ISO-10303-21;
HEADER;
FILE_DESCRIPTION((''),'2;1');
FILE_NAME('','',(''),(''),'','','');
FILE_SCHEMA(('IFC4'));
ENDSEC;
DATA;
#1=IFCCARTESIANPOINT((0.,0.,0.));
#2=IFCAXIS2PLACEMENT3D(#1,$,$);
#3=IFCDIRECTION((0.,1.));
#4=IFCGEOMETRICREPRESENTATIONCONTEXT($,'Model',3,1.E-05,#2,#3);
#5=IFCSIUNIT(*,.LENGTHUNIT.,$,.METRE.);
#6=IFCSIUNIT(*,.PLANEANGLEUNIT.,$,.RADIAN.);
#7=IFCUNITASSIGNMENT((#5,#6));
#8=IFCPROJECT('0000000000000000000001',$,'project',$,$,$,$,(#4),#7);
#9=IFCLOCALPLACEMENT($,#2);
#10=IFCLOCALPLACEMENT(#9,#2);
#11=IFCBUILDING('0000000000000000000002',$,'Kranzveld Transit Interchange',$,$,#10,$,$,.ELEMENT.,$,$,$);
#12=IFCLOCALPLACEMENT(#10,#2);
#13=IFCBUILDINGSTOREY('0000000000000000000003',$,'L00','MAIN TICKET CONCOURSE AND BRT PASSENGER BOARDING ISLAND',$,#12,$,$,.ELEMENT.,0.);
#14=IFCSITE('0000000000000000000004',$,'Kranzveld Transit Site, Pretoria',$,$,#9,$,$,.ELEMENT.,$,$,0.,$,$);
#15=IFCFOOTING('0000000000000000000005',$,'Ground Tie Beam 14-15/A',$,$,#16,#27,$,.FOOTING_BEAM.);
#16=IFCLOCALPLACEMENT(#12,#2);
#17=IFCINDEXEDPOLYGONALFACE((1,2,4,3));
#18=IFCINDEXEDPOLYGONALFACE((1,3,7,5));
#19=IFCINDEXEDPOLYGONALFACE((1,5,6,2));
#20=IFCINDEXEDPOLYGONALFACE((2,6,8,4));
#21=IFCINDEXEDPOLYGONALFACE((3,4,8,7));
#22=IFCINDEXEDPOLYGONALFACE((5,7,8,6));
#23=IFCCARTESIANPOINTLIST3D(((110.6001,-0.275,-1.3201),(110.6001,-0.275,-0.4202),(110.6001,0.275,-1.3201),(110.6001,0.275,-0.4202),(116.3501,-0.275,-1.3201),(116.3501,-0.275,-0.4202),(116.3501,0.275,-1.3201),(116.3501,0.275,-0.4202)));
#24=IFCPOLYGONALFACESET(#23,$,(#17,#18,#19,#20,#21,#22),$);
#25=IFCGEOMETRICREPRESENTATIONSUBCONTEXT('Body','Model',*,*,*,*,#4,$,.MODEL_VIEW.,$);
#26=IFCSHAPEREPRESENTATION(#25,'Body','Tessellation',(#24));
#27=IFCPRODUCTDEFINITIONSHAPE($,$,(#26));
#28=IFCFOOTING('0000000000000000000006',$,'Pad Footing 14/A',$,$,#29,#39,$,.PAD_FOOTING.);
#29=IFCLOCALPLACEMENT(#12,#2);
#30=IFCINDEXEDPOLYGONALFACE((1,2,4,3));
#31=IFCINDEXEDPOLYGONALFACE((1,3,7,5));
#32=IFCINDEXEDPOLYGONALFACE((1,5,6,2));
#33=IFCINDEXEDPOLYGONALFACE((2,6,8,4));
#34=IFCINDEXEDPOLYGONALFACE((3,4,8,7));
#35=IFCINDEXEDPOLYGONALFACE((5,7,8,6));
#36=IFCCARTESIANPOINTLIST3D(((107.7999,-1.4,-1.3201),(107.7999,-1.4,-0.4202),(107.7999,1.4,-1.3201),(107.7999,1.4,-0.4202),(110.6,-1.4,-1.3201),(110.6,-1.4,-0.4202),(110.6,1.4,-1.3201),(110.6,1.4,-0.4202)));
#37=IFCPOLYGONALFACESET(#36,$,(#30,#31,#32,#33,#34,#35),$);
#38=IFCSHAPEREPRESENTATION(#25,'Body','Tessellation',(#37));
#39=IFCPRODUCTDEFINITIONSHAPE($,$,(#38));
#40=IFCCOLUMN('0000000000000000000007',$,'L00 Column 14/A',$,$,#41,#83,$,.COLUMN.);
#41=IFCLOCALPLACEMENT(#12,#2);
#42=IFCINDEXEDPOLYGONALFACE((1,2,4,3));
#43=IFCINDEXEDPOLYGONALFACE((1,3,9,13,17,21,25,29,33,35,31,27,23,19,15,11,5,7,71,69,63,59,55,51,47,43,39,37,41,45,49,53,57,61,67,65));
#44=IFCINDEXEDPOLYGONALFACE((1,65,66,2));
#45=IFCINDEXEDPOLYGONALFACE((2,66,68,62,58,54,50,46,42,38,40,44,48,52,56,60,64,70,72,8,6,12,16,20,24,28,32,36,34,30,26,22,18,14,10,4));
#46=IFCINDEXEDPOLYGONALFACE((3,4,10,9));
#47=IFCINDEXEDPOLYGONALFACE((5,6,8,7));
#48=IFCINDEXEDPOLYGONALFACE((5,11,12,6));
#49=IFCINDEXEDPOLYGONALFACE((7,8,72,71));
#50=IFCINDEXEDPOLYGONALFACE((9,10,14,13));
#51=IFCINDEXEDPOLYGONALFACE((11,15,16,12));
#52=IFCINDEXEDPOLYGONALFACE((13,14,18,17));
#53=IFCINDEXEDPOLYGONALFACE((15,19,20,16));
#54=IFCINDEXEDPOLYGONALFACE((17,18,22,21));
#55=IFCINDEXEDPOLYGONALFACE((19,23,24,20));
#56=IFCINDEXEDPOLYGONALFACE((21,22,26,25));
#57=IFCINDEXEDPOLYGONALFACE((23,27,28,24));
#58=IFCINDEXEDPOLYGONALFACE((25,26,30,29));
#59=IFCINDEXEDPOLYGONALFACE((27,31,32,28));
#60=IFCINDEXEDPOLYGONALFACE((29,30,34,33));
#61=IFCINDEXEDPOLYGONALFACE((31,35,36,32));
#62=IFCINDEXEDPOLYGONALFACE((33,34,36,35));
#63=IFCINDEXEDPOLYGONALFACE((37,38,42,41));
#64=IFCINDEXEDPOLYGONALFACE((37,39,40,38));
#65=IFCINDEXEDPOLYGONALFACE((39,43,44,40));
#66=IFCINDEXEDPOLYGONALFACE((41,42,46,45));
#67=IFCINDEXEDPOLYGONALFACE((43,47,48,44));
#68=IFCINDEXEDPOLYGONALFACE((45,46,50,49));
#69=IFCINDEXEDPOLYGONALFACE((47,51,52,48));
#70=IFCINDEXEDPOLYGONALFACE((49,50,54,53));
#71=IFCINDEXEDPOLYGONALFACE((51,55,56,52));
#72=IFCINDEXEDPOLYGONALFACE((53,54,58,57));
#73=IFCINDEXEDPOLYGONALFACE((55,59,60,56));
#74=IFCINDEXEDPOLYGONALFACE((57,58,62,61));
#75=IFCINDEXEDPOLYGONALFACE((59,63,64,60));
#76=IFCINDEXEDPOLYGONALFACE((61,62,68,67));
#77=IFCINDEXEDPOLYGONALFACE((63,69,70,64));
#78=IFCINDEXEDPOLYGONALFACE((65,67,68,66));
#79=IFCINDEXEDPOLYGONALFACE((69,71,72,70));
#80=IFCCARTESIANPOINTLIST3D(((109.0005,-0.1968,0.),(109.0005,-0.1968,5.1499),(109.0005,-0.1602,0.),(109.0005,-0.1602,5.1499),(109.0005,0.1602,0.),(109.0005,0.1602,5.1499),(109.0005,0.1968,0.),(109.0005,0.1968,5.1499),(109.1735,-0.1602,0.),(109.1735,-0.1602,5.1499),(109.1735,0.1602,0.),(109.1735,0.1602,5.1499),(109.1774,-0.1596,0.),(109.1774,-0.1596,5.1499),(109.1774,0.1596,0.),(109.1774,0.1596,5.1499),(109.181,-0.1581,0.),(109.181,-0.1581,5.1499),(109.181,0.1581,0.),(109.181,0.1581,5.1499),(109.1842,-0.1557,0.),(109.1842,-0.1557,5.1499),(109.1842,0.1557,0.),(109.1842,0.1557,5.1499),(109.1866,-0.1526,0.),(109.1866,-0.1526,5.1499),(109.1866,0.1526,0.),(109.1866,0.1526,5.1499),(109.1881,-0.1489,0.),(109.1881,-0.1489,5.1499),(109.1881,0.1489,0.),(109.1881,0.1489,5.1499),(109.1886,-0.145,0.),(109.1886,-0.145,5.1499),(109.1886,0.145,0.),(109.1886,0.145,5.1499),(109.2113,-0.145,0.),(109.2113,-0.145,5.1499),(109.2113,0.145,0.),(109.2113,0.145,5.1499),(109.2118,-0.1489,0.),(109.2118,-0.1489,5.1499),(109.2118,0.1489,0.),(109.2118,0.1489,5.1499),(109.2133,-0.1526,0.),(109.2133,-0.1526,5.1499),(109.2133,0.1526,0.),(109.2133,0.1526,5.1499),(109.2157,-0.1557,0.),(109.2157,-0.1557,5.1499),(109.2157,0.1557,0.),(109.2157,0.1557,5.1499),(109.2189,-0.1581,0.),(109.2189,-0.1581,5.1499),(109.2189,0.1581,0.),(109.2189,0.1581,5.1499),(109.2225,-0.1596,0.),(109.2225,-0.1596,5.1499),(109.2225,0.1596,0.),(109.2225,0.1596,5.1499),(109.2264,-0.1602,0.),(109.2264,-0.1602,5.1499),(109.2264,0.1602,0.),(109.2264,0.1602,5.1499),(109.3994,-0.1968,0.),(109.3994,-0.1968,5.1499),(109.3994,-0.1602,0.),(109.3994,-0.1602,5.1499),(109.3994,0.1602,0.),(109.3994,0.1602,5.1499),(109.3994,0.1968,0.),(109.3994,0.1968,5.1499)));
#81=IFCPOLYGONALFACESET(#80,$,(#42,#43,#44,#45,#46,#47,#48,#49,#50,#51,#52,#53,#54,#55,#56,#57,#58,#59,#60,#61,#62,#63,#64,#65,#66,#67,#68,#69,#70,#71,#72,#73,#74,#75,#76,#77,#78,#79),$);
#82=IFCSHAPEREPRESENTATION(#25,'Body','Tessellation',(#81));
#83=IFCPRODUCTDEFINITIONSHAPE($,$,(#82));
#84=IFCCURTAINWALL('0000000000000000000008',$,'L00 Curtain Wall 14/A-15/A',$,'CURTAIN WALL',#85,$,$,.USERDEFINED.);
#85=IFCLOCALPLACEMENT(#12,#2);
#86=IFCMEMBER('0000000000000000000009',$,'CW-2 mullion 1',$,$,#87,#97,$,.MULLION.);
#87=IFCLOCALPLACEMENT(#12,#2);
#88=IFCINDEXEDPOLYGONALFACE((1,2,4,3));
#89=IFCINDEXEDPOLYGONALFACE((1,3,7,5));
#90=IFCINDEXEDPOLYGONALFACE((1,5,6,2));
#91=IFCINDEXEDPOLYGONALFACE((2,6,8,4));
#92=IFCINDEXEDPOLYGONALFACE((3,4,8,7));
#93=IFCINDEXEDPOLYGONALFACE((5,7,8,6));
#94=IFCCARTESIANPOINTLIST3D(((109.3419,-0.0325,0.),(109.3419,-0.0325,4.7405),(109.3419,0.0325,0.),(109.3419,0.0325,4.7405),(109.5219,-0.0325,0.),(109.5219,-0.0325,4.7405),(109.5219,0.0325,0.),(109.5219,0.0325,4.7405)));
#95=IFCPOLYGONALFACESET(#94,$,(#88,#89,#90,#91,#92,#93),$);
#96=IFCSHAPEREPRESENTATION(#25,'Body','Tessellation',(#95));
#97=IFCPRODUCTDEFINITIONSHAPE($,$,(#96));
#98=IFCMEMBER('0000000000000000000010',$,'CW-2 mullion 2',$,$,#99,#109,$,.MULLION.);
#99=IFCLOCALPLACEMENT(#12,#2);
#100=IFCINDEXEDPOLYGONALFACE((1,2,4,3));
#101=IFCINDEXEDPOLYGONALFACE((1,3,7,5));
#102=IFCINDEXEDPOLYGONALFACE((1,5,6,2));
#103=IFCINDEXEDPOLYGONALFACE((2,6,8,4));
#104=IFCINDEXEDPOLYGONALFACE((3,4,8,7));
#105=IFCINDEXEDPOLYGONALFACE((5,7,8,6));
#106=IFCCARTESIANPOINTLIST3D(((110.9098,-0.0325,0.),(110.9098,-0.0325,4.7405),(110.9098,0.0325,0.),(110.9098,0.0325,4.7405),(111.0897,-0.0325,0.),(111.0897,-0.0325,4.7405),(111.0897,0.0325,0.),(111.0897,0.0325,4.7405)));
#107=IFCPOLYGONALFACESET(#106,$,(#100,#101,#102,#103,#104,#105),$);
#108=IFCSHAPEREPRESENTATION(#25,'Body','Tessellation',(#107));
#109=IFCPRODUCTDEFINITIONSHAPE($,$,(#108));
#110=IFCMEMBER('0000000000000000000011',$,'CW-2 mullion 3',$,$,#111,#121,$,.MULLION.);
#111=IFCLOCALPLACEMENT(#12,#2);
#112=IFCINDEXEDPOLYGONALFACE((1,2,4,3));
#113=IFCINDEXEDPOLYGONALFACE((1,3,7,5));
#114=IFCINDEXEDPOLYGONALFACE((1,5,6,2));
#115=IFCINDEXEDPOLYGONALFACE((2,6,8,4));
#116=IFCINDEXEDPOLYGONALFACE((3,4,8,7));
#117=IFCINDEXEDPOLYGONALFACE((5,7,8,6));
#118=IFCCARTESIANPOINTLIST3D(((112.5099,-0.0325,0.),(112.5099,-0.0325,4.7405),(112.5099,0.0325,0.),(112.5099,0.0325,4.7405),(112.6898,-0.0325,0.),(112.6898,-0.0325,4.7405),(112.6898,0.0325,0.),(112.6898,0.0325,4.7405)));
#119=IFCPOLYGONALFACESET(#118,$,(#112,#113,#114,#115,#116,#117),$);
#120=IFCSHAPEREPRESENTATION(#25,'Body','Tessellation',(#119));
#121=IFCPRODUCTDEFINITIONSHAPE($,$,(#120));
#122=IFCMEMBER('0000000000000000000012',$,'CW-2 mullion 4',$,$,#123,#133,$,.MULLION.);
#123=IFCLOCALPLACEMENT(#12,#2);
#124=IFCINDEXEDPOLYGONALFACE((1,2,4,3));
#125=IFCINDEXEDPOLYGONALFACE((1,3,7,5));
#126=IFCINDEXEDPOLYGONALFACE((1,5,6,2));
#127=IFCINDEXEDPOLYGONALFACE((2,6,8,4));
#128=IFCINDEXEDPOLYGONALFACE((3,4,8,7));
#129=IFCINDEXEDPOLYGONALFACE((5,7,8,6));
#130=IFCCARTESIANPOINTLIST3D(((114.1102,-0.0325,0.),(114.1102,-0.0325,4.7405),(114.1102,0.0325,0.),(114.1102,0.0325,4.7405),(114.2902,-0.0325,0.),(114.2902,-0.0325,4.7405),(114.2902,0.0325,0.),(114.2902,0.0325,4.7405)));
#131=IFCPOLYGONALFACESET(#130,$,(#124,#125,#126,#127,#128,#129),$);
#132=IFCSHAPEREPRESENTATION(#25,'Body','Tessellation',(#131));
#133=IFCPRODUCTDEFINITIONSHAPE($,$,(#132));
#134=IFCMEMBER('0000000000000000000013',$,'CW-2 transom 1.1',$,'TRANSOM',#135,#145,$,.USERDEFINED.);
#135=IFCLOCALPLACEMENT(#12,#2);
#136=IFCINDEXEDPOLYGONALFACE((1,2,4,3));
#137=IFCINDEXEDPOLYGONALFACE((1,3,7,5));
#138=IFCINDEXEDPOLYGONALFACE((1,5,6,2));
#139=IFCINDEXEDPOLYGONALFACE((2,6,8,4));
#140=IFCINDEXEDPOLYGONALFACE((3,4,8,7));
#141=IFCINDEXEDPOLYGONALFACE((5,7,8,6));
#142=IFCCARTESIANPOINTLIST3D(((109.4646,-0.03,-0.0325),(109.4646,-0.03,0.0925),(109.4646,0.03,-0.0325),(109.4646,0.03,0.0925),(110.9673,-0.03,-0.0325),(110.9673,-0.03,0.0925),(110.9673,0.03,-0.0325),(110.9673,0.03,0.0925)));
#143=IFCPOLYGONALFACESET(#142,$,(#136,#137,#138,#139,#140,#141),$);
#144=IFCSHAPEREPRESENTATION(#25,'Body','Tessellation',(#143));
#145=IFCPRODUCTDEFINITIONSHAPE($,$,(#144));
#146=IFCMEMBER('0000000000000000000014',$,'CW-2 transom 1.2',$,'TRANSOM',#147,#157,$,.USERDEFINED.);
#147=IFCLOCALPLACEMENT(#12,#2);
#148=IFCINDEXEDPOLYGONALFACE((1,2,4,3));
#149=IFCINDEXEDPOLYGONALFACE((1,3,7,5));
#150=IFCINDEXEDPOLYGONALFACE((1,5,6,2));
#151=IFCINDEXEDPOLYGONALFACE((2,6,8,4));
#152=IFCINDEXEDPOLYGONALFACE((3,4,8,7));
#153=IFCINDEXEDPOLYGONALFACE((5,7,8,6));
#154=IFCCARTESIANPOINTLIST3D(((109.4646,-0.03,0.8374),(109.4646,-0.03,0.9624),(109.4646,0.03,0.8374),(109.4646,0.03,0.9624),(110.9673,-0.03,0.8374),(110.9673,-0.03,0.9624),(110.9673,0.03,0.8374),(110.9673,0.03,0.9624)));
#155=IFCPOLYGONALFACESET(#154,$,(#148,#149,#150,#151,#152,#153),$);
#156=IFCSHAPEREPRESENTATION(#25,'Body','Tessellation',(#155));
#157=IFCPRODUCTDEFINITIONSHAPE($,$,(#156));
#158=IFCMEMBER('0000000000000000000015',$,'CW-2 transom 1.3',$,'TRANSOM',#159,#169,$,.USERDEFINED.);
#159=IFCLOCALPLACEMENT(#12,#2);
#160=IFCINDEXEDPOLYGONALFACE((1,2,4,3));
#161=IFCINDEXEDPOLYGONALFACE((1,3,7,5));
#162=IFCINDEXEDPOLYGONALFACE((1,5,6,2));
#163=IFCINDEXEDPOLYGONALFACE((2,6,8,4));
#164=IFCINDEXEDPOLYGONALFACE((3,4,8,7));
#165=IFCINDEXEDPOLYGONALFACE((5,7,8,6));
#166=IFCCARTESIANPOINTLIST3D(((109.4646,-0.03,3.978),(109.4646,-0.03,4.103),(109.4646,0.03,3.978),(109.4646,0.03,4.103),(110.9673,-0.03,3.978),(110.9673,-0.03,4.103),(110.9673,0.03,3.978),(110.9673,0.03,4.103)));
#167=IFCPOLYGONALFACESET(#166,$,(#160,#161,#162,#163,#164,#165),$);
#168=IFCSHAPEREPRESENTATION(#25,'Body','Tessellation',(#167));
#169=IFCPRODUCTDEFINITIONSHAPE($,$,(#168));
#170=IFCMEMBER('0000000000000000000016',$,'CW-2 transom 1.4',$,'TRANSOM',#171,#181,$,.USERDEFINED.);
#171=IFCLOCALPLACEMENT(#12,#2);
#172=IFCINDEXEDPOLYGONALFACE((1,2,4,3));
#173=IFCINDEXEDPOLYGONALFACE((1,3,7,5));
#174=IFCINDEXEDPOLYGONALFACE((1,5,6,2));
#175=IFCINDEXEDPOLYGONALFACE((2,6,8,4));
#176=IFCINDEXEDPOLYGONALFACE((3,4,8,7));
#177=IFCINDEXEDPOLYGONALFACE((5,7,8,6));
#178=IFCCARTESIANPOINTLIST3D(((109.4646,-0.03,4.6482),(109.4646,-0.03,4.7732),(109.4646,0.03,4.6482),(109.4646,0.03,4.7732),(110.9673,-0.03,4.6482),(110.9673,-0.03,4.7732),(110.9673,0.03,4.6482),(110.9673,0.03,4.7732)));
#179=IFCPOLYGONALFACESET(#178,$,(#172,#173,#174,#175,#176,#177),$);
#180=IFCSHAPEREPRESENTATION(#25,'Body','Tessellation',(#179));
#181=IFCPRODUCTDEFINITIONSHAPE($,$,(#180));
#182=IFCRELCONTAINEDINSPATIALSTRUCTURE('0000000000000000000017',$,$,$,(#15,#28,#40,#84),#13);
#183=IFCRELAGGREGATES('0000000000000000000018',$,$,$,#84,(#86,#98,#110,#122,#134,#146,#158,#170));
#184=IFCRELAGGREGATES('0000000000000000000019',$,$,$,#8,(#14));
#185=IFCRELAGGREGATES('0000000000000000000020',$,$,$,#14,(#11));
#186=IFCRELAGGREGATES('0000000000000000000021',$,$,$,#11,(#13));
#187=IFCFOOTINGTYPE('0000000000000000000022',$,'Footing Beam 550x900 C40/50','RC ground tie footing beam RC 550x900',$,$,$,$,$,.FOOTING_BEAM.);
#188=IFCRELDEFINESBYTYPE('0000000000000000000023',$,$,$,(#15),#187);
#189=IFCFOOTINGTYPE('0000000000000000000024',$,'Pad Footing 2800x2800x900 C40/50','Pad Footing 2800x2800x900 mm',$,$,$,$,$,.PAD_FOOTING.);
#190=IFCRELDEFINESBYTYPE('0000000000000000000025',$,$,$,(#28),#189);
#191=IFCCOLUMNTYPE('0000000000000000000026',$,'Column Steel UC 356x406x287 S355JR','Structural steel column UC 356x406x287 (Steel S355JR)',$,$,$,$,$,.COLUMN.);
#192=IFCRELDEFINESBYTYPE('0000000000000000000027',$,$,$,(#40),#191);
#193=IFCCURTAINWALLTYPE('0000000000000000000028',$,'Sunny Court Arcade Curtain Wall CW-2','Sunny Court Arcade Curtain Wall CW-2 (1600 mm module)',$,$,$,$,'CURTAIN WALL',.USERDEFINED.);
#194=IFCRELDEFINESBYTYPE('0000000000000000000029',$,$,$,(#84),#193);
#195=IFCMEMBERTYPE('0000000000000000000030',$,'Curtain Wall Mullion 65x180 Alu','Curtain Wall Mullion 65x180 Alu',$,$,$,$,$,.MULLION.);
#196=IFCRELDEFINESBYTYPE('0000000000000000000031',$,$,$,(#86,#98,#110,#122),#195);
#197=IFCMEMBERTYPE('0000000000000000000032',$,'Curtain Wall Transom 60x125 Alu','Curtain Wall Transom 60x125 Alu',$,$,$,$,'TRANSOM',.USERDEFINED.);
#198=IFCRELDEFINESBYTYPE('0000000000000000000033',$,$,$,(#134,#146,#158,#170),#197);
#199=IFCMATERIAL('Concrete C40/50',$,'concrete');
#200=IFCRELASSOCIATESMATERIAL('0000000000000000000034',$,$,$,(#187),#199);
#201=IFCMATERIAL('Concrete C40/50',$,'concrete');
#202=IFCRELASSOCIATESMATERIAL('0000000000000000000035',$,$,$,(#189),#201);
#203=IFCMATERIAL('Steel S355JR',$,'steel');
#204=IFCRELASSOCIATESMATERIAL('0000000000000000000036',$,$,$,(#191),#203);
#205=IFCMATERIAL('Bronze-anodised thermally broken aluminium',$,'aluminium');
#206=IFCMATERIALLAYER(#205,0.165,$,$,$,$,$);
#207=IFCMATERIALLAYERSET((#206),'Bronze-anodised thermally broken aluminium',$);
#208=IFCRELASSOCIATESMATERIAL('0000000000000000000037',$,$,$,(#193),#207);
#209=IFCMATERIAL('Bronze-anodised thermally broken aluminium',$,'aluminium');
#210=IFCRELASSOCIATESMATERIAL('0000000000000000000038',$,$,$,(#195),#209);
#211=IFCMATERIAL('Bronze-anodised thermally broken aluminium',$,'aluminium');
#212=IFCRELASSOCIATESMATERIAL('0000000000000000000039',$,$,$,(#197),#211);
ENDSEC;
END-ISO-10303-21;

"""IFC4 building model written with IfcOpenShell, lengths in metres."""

from ifc_helpers import new_model, si_unit, direction, frame, origin, origin_2d, place, context, subcontext, project, spatial, rectangle, i_section, extrude, material, layer, layer_set, material_profile, profile_set, type_object, element, aggregate, save


model = new_model("IFC4")

# Units and contexts
model_context = context("Model", 3, precision=1e-05, world=origin(), true_north=direction((0.0, 1.0)))
body_context = subcontext(model_context, "Body", "Model", "MODEL_VIEW")
ifc_project = project(units=[si_unit("LENGTHUNIT", "METRE"), si_unit("PLANEANGLEUNIT", "RADIAN")], contexts=[model_context])

# Site, building, storey
site_placement = place(None, origin())
site = spatial("IfcSite", under=ifc_project, at=site_placement, Name="Kranzveld Transit Site, Pretoria", CompositionType="ELEMENT", RefElevation=0.0)
building_placement = place(site_placement, origin())
building = spatial("IfcBuilding", under=site, at=building_placement, Name="Kranzveld Transit Interchange", CompositionType="ELEMENT")
storey_placement = place(building_placement, origin())
storey = spatial("IfcBuildingStorey", under=building, at=storey_placement, Name="L00", Description="MAIN TICKET CONCOURSE AND BRT PASSENGER BOARDING ISLAND", CompositionType="ELEMENT", Elevation=0.0)

# Footings
ifc_material_1 = material(Name="Concrete C40/50", Category="concrete")
ifc_material_profile_1 = material_profile(ifc_material_1, rectangle(XDim=0.55, YDim=0.8999, at=origin_2d()), Name="RC 550x900")
ifc_profile_set_1 = profile_set([ifc_material_profile_1], Name="Concrete C40/50")
footing_type_1 = type_object("IfcFootingType", Name="Footing Beam 550x900 C40/50", Description="RC ground tie footing beam RC 550x900", PredefinedType="FOOTING_BEAM", material=ifc_profile_set_1)
footing_1_placement = place(storey_placement, frame((110.6001, 0.0, -0.8701), z_axis=(1.0, 0.0, 0.0), x_axis=(0.0, 1.0, 0.0)))
element("IfcFooting", 1, at=footing_1_placement, inside=storey, type_object=footing_type_1, Name="Ground Tie Beam 14-15/A", PredefinedType="FOOTING_BEAM", context=body_context, shape_type="SweptSolid", body=[
    extrude(rectangle(XDim=0.55, YDim=0.8999, at=origin_2d()), origin(), (0.0, 0.0, 1.0), 5.75),
])
ifc_material_2 = material(Name="Concrete C40/50", Category="concrete")
footing_type_2 = type_object("IfcFootingType", Name="Pad Footing 2800x2800x900 C40/50", Description="Pad Footing 2800x2800x900 mm", PredefinedType="PAD_FOOTING", material=ifc_material_2)
footing_2_placement = place(storey_placement, frame((109.2, 0.0, -1.3201), z_axis=(0.0, 0.0, 1.0), x_axis=(1.0, 0.0, 0.0)))
element("IfcFooting", 2, at=footing_2_placement, inside=storey, type_object=footing_type_2, Name="Pad Footing 14/A", PredefinedType="PAD_FOOTING", context=body_context, shape_type="SweptSolid", body=[
    extrude(rectangle(XDim=2.8, YDim=2.8, at=origin_2d()), origin(), (0.0, 0.0, 1.0), 0.8999),
])

# Column
ifc_material_3 = material(Name="Steel S355JR", Category="steel")
ifc_material_profile_2 = material_profile(ifc_material_3, i_section(OverallWidth=0.3989, OverallDepth=0.3936, WebThickness=0.0227, FlangeThickness=0.0366, FilletRadius=0.0151, at=origin_2d()), Name="UC 356x406x287")
ifc_profile_set_2 = profile_set([ifc_material_profile_2], Name="Steel S355JR")
column_type = type_object("IfcColumnType", Name="Column Steel UC 356x406x287 S355JR", Description="Structural steel column UC 356x406x287 (Steel S355JR)", PredefinedType="COLUMN", material=ifc_profile_set_2)
column_placement = place(storey_placement, frame((109.2, 0.0, 0.0), z_axis=(0.0, 0.0, 1.0), x_axis=(1.0, 0.0, 0.0)))
element("IfcColumn", 3, at=column_placement, inside=storey, type_object=column_type, Name="L00 Column 14/A", PredefinedType="COLUMN", context=body_context, shape_type="SweptSolid", body=[
    extrude(i_section(OverallWidth=0.3989, OverallDepth=0.3936, WebThickness=0.0227, FlangeThickness=0.0366, FilletRadius=0.0151, at=origin_2d()), origin(), (0.0, 0.0, 1.0), 5.1499),
])

# Curtain wall, members
ifc_material_4 = material(Name="Bronze-anodised thermally broken aluminium", Category="aluminium")
ifc_layer_1 = layer(ifc_material_4, 0.165)
ifc_layer_set_1 = layer_set([ifc_layer_1], Name="Bronze-anodised thermally broken aluminium")
curtain_wall_type = type_object("IfcCurtainWallType", Name="Sunny Court Arcade Curtain Wall CW-2", Description="Sunny Court Arcade Curtain Wall CW-2 (1600 mm module)", ElementType="CURTAIN WALL", PredefinedType="USERDEFINED", material=ifc_layer_set_1)
curtain_wall_placement = place(storey_placement, origin())
curtain_wall = element("IfcCurtainWall", 4, at=curtain_wall_placement, inside=storey, type_object=curtain_wall_type, Name="L00 Curtain Wall 14/A-15/A", ObjectType="CURTAIN WALL", PredefinedType="USERDEFINED")
ifc_material_5 = material(Name="Bronze-anodised thermally broken aluminium", Category="aluminium")
ifc_material_profile_3 = material_profile(ifc_material_5, rectangle(XDim=0.0649, YDim=0.1799, at=origin_2d()), Name="ALU MULLION 65x180")
ifc_profile_set_3 = profile_set([ifc_material_profile_3], Name="Bronze-anodised thermally broken aluminium")
member_type_1 = type_object("IfcMemberType", Name="Curtain Wall Mullion 65x180 Alu", Description="Curtain Wall Mullion 65x180 Alu", PredefinedType="MULLION", material=ifc_profile_set_3)
member_1_placement = place(storey_placement, frame((109.4319, 0.0, 0.0), z_axis=(0.0, 0.0, 1.0), x_axis=(0.0, 1.0, 0.0)))
member_1 = element("IfcMember", 5, at=member_1_placement, type_object=member_type_1, Name="CW-2 mullion 1", PredefinedType="MULLION", context=body_context, shape_type="SweptSolid", body=[
    extrude(rectangle(XDim=0.0649, YDim=0.1799, at=origin_2d()), origin(), (0.0, 0.0, 1.0), 4.7405),
])
member_2_placement = place(storey_placement, frame((110.9998, 0.0, 0.0), z_axis=(0.0, 0.0, 1.0), x_axis=(0.0, 1.0, 0.0)))
member_2 = element("IfcMember", 6, at=member_2_placement, type_object=member_type_1, Name="CW-2 mullion 2", PredefinedType="MULLION", context=body_context, shape_type="SweptSolid", body=[
    extrude(rectangle(XDim=0.0649, YDim=0.1799, at=origin_2d()), origin(), (0.0, 0.0, 1.0), 4.7405),
])
member_3_placement = place(storey_placement, frame((112.5999, 0.0, 0.0), z_axis=(0.0, 0.0, 1.0), x_axis=(0.0, 1.0, 0.0)))
member_3 = element("IfcMember", 7, at=member_3_placement, type_object=member_type_1, Name="CW-2 mullion 3", PredefinedType="MULLION", context=body_context, shape_type="SweptSolid", body=[
    extrude(rectangle(XDim=0.0649, YDim=0.1799, at=origin_2d()), origin(), (0.0, 0.0, 1.0), 4.7405),
])
member_4_placement = place(storey_placement, frame((114.2002, 0.0, 0.0), z_axis=(0.0, 0.0, 1.0), x_axis=(0.0, 1.0, 0.0)))
member_4 = element("IfcMember", 8, at=member_4_placement, type_object=member_type_1, Name="CW-2 mullion 4", PredefinedType="MULLION", context=body_context, shape_type="SweptSolid", body=[
    extrude(rectangle(XDim=0.0649, YDim=0.1799, at=origin_2d()), origin(), (0.0, 0.0, 1.0), 4.7405),
])
ifc_material_6 = material(Name="Bronze-anodised thermally broken aluminium", Category="aluminium")
ifc_material_profile_4 = material_profile(ifc_material_6, rectangle(XDim=0.0601, YDim=0.125, at=origin_2d()), Name="ALU TRANSOM 60x125")
ifc_profile_set_4 = profile_set([ifc_material_profile_4], Name="Bronze-anodised thermally broken aluminium")
member_type_2 = type_object("IfcMemberType", Name="Curtain Wall Transom 60x125 Alu", Description="Curtain Wall Transom 60x125 Alu", ElementType="TRANSOM", PredefinedType="USERDEFINED", material=ifc_profile_set_4)
member_5_placement = place(storey_placement, frame((109.4646, 0.0, 0.03), z_axis=(1.0, 0.0, 0.0), x_axis=(0.0, 1.0, 0.0)))
member_5 = element("IfcMember", 9, at=member_5_placement, type_object=member_type_2, Name="CW-2 transom 1.1", ObjectType="TRANSOM", PredefinedType="USERDEFINED", context=body_context, shape_type="SweptSolid", body=[
    extrude(rectangle(XDim=0.0601, YDim=0.125, at=origin_2d()), origin(), (0.0, 0.0, 1.0), 1.5027),
])
member_6_placement = place(storey_placement, frame((109.4646, 0.0, 0.8999), z_axis=(1.0, 0.0, 0.0), x_axis=(0.0, 1.0, 0.0)))
member_6 = element("IfcMember", 10, at=member_6_placement, type_object=member_type_2, Name="CW-2 transom 1.2", ObjectType="TRANSOM", PredefinedType="USERDEFINED", context=body_context, shape_type="SweptSolid", body=[
    extrude(rectangle(XDim=0.0601, YDim=0.125, at=origin_2d()), origin(), (0.0, 0.0, 1.0), 1.5027),
])
member_7_placement = place(storey_placement, frame((109.4646, 0.0, 4.0405), z_axis=(1.0, 0.0, 0.0), x_axis=(0.0, 1.0, 0.0)))
member_7 = element("IfcMember", 11, at=member_7_placement, type_object=member_type_2, Name="CW-2 transom 1.3", ObjectType="TRANSOM", PredefinedType="USERDEFINED", context=body_context, shape_type="SweptSolid", body=[
    extrude(rectangle(XDim=0.0601, YDim=0.125, at=origin_2d()), origin(), (0.0, 0.0, 1.0), 1.5027),
])
member_8_placement = place(storey_placement, frame((109.4646, 0.0, 4.7107), z_axis=(1.0, 0.0, 0.0), x_axis=(0.0, 1.0, 0.0)))
member_8 = element("IfcMember", 12, at=member_8_placement, type_object=member_type_2, Name="CW-2 transom 1.4", ObjectType="TRANSOM", PredefinedType="USERDEFINED", context=body_context, shape_type="SweptSolid", body=[
    extrude(rectangle(XDim=0.0601, YDim=0.125, at=origin_2d()), origin(), (0.0, 0.0, 1.0), 1.5027),
])

aggregate(curtain_wall, [member_1, member_2, member_3, member_4, member_5, member_6, member_7, member_8])

save(model, "model.ifc")
